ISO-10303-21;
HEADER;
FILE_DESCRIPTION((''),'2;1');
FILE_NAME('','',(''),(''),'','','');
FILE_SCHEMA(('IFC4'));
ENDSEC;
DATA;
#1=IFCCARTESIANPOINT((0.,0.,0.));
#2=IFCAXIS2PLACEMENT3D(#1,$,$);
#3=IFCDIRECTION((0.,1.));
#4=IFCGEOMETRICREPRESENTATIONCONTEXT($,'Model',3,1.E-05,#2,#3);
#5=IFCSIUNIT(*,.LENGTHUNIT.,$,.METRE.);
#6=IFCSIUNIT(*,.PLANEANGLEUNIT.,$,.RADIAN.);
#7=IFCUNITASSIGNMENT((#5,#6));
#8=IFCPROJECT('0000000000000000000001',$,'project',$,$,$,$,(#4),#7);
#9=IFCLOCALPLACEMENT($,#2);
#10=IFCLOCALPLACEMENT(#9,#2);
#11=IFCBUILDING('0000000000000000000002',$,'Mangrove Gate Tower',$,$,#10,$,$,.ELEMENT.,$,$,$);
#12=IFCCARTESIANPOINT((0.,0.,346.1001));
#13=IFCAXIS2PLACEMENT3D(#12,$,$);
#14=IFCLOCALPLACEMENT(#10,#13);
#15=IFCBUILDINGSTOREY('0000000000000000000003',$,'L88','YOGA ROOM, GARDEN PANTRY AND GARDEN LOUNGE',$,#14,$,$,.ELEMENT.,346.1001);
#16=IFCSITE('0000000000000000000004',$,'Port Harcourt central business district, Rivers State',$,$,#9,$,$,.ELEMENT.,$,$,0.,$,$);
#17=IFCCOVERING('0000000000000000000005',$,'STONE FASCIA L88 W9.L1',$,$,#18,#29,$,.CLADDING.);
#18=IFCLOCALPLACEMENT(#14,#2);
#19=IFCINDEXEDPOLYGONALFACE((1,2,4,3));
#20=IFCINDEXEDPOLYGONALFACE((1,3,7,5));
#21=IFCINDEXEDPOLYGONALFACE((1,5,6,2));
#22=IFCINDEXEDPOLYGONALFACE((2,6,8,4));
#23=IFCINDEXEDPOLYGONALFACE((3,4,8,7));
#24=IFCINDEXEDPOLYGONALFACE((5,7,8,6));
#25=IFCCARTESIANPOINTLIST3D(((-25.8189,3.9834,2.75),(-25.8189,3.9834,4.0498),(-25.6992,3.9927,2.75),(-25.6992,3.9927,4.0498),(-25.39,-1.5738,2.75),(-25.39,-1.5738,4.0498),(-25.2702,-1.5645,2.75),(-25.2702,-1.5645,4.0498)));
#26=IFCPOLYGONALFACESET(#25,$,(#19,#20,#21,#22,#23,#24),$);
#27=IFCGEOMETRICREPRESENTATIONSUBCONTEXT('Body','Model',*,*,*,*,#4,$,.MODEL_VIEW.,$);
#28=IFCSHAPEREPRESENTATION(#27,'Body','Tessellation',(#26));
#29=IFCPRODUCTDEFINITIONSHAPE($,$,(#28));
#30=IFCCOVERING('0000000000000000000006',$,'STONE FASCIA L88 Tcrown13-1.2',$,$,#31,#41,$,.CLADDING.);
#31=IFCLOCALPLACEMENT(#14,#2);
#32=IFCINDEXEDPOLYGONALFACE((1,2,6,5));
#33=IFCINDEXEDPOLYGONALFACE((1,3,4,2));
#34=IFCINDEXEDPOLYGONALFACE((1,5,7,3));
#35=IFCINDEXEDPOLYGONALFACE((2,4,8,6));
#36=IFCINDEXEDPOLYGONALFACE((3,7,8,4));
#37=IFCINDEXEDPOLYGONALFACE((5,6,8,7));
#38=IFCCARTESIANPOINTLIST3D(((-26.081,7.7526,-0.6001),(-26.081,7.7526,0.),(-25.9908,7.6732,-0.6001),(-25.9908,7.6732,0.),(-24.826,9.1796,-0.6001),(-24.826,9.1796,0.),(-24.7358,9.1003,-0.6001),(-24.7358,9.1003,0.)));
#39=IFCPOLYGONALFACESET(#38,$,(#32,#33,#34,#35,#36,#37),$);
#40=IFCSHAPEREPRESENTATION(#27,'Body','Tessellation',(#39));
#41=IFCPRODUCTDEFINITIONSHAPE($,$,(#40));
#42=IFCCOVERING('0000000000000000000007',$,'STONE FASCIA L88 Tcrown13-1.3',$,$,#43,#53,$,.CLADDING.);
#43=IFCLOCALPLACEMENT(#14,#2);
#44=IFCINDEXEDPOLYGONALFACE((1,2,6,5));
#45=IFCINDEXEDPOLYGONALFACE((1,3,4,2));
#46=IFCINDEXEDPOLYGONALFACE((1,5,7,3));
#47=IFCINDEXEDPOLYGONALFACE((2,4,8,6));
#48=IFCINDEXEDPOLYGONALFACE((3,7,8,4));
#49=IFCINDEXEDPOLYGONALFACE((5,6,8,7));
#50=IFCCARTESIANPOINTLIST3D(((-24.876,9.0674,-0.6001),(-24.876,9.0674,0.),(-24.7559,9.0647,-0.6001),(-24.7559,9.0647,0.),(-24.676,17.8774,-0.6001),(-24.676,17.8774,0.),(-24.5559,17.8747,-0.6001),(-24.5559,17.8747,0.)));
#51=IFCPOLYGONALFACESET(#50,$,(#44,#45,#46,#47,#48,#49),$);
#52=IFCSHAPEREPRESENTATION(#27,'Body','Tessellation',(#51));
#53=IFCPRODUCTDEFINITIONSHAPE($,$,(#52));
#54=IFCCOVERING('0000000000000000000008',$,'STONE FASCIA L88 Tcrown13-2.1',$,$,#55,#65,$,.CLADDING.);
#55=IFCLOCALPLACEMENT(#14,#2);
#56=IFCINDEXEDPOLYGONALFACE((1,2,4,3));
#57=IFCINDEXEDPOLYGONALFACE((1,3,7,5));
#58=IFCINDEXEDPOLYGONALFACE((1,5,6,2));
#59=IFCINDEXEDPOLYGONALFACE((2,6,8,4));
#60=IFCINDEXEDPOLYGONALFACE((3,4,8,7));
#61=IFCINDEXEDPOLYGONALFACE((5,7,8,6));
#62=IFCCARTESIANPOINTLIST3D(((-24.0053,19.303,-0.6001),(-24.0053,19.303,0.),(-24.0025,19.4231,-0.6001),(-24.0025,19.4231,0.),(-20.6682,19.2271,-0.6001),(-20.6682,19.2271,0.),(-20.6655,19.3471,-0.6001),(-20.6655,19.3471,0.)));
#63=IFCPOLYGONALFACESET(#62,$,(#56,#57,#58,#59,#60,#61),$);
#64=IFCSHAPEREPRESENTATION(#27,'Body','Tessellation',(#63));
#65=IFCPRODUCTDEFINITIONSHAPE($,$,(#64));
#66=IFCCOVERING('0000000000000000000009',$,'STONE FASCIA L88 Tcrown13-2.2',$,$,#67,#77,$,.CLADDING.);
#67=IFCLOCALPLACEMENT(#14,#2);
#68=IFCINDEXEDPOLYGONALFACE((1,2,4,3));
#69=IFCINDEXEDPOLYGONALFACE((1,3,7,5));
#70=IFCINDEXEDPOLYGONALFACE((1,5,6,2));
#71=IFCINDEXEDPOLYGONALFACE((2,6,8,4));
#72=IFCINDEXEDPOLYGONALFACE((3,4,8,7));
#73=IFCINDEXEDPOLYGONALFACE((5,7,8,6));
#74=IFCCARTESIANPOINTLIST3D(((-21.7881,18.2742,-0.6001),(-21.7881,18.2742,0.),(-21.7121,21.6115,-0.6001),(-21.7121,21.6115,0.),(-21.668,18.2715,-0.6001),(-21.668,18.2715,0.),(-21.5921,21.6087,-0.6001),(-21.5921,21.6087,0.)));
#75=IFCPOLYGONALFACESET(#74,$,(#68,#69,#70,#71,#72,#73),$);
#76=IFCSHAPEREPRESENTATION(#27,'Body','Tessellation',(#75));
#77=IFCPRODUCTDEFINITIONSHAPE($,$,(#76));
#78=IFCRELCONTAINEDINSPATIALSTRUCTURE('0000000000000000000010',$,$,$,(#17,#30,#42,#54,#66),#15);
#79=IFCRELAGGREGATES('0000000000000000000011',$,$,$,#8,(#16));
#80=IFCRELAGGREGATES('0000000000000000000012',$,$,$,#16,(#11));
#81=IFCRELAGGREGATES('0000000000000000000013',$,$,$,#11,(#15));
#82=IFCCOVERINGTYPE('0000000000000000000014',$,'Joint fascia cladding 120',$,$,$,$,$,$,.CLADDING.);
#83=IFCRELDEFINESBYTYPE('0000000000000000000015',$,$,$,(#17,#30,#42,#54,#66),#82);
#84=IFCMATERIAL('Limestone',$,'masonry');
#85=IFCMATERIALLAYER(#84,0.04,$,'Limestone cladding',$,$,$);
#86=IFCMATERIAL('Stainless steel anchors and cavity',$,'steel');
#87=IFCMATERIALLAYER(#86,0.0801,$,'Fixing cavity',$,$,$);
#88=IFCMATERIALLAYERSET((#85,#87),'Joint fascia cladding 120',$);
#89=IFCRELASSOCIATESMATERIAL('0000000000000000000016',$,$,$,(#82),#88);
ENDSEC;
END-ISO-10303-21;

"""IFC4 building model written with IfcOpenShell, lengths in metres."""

from ifc_helpers import new_model, si_unit, direction, frame, frame_2d, origin, place, context, subcontext, project, spatial, rectangle, extrude, material, layer, layer_set, type_object, element, save


model = new_model("IFC4")

# Units and contexts
model_context = context("Model", 3, precision=1e-05, world=origin(), true_north=direction((0.0, 1.0)))
body_context = subcontext(model_context, "Body", "Model", "MODEL_VIEW")
ifc_project = project(units=[si_unit("LENGTHUNIT", "METRE"), si_unit("PLANEANGLEUNIT", "RADIAN")], contexts=[model_context])

# Site, building, storey
site_placement = place(None, origin())
site = spatial("IfcSite", under=ifc_project, at=site_placement, Name="Port Harcourt central business district, Rivers State", CompositionType="ELEMENT", RefElevation=0.0)
building_placement = place(site_placement, origin())
building = spatial("IfcBuilding", under=site, at=building_placement, Name="Mangrove Gate Tower", CompositionType="ELEMENT")
storey_placement = place(building_placement, frame((0.0, 0.0, 346.1001)))
storey = spatial("IfcBuildingStorey", under=building, at=storey_placement, Name="L88", Description="YOGA ROOM, GARDEN PANTRY AND GARDEN LOUNGE", CompositionType="ELEMENT", Elevation=346.1001)

# Shared definitions
ifc_material_1 = material(Name="Limestone", Category="masonry")

# Coverings
ifc_layer_1 = layer(ifc_material_1, 0.04, Name="Limestone cladding")
ifc_material_2 = material(Name="Stainless steel anchors and cavity", Category="steel")
ifc_layer_2 = layer(ifc_material_2, 0.0801, Name="Fixing cavity")
ifc_layer_set_1 = layer_set([ifc_layer_1, ifc_layer_2], Name="Joint fascia cladding 120")
covering_type = type_object("IfcCoveringType", Name="Joint fascia cladding 120", PredefinedType="CLADDING", material=ifc_layer_set_1)
covering_1_placement = place(storey_placement, frame((-25.759, 3.988, 2.75), z_axis=(0.0, 0.0, 1.0), x_axis=(0.076961, -0.997034, 0.0)))
element("IfcCovering", 1, at=covering_1_placement, inside=storey, type_object=covering_type, Name="STONE FASCIA L88 W9.L1", PredefinedType="CLADDING", context=body_context, shape_type="SweptSolid", body=[
    extrude(rectangle(XDim=5.5737, YDim=0.1201, at=frame_2d((2.7869, 0.0))), origin(), (0.0, 0.0, 1.0), 1.2998),
])
covering_2_placement = place(storey_placement, frame((-26.0359, 7.7129, -0.6001), z_axis=(0.0, 0.0, 1.0), x_axis=(0.660367, 0.750943, 0.0)))
element("IfcCovering", 2, at=covering_2_placement, inside=storey, type_object=covering_type, Name="STONE FASCIA L88 Tcrown13-1.2", PredefinedType="CLADDING", context=body_context, shape_type="SweptSolid", body=[
    extrude(rectangle(XDim=1.9004, YDim=0.1201, at=frame_2d((0.9502, 0.0))), origin(), (0.0, 0.0, 1.0), 0.6001),
])
covering_3_placement = place(storey_placement, frame((-24.8159, 9.0659, -0.6001), z_axis=(0.0, 0.0, 1.0), x_axis=(0.02269, 0.999743, 0.0)))
element("IfcCovering", 3, at=covering_3_placement, inside=storey, type_object=covering_type, Name="STONE FASCIA L88 Tcrown13-1.3", PredefinedType="CLADDING", context=body_context, shape_type="SweptSolid", body=[
    extrude(rectangle(XDim=8.8123, YDim=0.1201, at=frame_2d((4.4062, 0.0))), origin(), (0.0, 0.0, 1.0), 0.6001),
])
covering_4_placement = place(storey_placement, frame((-24.0039, 19.363, -0.6001), z_axis=(0.0, 0.0, 1.0), x_axis=(0.999741, -0.022748, 0.0)))
element("IfcCovering", 4, at=covering_4_placement, inside=storey, type_object=covering_type, Name="STONE FASCIA L88 Tcrown13-2.1", PredefinedType="CLADDING", context=body_context, shape_type="SweptSolid", body=[
    extrude(rectangle(XDim=3.3379, YDim=0.1201, at=frame_2d((1.6689, 0.0))), origin(), (0.0, 0.0, 1.0), 0.6001),
])
covering_5_placement = place(storey_placement, frame((-21.728, 18.2729, -0.6001), z_axis=(0.0, 0.0, 1.0), x_axis=(0.022746, 0.999741, 0.0)))
element("IfcCovering", 5, at=covering_5_placement, inside=storey, type_object=covering_type, Name="STONE FASCIA L88 Tcrown13-2.2", PredefinedType="CLADDING", context=body_context, shape_type="SweptSolid", body=[
    extrude(rectangle(XDim=3.3381, YDim=0.1201, at=frame_2d((1.6689, 0.0))), origin(), (0.0, 0.0, 1.0), 0.6001),
])

save(model, "model.ifc")
